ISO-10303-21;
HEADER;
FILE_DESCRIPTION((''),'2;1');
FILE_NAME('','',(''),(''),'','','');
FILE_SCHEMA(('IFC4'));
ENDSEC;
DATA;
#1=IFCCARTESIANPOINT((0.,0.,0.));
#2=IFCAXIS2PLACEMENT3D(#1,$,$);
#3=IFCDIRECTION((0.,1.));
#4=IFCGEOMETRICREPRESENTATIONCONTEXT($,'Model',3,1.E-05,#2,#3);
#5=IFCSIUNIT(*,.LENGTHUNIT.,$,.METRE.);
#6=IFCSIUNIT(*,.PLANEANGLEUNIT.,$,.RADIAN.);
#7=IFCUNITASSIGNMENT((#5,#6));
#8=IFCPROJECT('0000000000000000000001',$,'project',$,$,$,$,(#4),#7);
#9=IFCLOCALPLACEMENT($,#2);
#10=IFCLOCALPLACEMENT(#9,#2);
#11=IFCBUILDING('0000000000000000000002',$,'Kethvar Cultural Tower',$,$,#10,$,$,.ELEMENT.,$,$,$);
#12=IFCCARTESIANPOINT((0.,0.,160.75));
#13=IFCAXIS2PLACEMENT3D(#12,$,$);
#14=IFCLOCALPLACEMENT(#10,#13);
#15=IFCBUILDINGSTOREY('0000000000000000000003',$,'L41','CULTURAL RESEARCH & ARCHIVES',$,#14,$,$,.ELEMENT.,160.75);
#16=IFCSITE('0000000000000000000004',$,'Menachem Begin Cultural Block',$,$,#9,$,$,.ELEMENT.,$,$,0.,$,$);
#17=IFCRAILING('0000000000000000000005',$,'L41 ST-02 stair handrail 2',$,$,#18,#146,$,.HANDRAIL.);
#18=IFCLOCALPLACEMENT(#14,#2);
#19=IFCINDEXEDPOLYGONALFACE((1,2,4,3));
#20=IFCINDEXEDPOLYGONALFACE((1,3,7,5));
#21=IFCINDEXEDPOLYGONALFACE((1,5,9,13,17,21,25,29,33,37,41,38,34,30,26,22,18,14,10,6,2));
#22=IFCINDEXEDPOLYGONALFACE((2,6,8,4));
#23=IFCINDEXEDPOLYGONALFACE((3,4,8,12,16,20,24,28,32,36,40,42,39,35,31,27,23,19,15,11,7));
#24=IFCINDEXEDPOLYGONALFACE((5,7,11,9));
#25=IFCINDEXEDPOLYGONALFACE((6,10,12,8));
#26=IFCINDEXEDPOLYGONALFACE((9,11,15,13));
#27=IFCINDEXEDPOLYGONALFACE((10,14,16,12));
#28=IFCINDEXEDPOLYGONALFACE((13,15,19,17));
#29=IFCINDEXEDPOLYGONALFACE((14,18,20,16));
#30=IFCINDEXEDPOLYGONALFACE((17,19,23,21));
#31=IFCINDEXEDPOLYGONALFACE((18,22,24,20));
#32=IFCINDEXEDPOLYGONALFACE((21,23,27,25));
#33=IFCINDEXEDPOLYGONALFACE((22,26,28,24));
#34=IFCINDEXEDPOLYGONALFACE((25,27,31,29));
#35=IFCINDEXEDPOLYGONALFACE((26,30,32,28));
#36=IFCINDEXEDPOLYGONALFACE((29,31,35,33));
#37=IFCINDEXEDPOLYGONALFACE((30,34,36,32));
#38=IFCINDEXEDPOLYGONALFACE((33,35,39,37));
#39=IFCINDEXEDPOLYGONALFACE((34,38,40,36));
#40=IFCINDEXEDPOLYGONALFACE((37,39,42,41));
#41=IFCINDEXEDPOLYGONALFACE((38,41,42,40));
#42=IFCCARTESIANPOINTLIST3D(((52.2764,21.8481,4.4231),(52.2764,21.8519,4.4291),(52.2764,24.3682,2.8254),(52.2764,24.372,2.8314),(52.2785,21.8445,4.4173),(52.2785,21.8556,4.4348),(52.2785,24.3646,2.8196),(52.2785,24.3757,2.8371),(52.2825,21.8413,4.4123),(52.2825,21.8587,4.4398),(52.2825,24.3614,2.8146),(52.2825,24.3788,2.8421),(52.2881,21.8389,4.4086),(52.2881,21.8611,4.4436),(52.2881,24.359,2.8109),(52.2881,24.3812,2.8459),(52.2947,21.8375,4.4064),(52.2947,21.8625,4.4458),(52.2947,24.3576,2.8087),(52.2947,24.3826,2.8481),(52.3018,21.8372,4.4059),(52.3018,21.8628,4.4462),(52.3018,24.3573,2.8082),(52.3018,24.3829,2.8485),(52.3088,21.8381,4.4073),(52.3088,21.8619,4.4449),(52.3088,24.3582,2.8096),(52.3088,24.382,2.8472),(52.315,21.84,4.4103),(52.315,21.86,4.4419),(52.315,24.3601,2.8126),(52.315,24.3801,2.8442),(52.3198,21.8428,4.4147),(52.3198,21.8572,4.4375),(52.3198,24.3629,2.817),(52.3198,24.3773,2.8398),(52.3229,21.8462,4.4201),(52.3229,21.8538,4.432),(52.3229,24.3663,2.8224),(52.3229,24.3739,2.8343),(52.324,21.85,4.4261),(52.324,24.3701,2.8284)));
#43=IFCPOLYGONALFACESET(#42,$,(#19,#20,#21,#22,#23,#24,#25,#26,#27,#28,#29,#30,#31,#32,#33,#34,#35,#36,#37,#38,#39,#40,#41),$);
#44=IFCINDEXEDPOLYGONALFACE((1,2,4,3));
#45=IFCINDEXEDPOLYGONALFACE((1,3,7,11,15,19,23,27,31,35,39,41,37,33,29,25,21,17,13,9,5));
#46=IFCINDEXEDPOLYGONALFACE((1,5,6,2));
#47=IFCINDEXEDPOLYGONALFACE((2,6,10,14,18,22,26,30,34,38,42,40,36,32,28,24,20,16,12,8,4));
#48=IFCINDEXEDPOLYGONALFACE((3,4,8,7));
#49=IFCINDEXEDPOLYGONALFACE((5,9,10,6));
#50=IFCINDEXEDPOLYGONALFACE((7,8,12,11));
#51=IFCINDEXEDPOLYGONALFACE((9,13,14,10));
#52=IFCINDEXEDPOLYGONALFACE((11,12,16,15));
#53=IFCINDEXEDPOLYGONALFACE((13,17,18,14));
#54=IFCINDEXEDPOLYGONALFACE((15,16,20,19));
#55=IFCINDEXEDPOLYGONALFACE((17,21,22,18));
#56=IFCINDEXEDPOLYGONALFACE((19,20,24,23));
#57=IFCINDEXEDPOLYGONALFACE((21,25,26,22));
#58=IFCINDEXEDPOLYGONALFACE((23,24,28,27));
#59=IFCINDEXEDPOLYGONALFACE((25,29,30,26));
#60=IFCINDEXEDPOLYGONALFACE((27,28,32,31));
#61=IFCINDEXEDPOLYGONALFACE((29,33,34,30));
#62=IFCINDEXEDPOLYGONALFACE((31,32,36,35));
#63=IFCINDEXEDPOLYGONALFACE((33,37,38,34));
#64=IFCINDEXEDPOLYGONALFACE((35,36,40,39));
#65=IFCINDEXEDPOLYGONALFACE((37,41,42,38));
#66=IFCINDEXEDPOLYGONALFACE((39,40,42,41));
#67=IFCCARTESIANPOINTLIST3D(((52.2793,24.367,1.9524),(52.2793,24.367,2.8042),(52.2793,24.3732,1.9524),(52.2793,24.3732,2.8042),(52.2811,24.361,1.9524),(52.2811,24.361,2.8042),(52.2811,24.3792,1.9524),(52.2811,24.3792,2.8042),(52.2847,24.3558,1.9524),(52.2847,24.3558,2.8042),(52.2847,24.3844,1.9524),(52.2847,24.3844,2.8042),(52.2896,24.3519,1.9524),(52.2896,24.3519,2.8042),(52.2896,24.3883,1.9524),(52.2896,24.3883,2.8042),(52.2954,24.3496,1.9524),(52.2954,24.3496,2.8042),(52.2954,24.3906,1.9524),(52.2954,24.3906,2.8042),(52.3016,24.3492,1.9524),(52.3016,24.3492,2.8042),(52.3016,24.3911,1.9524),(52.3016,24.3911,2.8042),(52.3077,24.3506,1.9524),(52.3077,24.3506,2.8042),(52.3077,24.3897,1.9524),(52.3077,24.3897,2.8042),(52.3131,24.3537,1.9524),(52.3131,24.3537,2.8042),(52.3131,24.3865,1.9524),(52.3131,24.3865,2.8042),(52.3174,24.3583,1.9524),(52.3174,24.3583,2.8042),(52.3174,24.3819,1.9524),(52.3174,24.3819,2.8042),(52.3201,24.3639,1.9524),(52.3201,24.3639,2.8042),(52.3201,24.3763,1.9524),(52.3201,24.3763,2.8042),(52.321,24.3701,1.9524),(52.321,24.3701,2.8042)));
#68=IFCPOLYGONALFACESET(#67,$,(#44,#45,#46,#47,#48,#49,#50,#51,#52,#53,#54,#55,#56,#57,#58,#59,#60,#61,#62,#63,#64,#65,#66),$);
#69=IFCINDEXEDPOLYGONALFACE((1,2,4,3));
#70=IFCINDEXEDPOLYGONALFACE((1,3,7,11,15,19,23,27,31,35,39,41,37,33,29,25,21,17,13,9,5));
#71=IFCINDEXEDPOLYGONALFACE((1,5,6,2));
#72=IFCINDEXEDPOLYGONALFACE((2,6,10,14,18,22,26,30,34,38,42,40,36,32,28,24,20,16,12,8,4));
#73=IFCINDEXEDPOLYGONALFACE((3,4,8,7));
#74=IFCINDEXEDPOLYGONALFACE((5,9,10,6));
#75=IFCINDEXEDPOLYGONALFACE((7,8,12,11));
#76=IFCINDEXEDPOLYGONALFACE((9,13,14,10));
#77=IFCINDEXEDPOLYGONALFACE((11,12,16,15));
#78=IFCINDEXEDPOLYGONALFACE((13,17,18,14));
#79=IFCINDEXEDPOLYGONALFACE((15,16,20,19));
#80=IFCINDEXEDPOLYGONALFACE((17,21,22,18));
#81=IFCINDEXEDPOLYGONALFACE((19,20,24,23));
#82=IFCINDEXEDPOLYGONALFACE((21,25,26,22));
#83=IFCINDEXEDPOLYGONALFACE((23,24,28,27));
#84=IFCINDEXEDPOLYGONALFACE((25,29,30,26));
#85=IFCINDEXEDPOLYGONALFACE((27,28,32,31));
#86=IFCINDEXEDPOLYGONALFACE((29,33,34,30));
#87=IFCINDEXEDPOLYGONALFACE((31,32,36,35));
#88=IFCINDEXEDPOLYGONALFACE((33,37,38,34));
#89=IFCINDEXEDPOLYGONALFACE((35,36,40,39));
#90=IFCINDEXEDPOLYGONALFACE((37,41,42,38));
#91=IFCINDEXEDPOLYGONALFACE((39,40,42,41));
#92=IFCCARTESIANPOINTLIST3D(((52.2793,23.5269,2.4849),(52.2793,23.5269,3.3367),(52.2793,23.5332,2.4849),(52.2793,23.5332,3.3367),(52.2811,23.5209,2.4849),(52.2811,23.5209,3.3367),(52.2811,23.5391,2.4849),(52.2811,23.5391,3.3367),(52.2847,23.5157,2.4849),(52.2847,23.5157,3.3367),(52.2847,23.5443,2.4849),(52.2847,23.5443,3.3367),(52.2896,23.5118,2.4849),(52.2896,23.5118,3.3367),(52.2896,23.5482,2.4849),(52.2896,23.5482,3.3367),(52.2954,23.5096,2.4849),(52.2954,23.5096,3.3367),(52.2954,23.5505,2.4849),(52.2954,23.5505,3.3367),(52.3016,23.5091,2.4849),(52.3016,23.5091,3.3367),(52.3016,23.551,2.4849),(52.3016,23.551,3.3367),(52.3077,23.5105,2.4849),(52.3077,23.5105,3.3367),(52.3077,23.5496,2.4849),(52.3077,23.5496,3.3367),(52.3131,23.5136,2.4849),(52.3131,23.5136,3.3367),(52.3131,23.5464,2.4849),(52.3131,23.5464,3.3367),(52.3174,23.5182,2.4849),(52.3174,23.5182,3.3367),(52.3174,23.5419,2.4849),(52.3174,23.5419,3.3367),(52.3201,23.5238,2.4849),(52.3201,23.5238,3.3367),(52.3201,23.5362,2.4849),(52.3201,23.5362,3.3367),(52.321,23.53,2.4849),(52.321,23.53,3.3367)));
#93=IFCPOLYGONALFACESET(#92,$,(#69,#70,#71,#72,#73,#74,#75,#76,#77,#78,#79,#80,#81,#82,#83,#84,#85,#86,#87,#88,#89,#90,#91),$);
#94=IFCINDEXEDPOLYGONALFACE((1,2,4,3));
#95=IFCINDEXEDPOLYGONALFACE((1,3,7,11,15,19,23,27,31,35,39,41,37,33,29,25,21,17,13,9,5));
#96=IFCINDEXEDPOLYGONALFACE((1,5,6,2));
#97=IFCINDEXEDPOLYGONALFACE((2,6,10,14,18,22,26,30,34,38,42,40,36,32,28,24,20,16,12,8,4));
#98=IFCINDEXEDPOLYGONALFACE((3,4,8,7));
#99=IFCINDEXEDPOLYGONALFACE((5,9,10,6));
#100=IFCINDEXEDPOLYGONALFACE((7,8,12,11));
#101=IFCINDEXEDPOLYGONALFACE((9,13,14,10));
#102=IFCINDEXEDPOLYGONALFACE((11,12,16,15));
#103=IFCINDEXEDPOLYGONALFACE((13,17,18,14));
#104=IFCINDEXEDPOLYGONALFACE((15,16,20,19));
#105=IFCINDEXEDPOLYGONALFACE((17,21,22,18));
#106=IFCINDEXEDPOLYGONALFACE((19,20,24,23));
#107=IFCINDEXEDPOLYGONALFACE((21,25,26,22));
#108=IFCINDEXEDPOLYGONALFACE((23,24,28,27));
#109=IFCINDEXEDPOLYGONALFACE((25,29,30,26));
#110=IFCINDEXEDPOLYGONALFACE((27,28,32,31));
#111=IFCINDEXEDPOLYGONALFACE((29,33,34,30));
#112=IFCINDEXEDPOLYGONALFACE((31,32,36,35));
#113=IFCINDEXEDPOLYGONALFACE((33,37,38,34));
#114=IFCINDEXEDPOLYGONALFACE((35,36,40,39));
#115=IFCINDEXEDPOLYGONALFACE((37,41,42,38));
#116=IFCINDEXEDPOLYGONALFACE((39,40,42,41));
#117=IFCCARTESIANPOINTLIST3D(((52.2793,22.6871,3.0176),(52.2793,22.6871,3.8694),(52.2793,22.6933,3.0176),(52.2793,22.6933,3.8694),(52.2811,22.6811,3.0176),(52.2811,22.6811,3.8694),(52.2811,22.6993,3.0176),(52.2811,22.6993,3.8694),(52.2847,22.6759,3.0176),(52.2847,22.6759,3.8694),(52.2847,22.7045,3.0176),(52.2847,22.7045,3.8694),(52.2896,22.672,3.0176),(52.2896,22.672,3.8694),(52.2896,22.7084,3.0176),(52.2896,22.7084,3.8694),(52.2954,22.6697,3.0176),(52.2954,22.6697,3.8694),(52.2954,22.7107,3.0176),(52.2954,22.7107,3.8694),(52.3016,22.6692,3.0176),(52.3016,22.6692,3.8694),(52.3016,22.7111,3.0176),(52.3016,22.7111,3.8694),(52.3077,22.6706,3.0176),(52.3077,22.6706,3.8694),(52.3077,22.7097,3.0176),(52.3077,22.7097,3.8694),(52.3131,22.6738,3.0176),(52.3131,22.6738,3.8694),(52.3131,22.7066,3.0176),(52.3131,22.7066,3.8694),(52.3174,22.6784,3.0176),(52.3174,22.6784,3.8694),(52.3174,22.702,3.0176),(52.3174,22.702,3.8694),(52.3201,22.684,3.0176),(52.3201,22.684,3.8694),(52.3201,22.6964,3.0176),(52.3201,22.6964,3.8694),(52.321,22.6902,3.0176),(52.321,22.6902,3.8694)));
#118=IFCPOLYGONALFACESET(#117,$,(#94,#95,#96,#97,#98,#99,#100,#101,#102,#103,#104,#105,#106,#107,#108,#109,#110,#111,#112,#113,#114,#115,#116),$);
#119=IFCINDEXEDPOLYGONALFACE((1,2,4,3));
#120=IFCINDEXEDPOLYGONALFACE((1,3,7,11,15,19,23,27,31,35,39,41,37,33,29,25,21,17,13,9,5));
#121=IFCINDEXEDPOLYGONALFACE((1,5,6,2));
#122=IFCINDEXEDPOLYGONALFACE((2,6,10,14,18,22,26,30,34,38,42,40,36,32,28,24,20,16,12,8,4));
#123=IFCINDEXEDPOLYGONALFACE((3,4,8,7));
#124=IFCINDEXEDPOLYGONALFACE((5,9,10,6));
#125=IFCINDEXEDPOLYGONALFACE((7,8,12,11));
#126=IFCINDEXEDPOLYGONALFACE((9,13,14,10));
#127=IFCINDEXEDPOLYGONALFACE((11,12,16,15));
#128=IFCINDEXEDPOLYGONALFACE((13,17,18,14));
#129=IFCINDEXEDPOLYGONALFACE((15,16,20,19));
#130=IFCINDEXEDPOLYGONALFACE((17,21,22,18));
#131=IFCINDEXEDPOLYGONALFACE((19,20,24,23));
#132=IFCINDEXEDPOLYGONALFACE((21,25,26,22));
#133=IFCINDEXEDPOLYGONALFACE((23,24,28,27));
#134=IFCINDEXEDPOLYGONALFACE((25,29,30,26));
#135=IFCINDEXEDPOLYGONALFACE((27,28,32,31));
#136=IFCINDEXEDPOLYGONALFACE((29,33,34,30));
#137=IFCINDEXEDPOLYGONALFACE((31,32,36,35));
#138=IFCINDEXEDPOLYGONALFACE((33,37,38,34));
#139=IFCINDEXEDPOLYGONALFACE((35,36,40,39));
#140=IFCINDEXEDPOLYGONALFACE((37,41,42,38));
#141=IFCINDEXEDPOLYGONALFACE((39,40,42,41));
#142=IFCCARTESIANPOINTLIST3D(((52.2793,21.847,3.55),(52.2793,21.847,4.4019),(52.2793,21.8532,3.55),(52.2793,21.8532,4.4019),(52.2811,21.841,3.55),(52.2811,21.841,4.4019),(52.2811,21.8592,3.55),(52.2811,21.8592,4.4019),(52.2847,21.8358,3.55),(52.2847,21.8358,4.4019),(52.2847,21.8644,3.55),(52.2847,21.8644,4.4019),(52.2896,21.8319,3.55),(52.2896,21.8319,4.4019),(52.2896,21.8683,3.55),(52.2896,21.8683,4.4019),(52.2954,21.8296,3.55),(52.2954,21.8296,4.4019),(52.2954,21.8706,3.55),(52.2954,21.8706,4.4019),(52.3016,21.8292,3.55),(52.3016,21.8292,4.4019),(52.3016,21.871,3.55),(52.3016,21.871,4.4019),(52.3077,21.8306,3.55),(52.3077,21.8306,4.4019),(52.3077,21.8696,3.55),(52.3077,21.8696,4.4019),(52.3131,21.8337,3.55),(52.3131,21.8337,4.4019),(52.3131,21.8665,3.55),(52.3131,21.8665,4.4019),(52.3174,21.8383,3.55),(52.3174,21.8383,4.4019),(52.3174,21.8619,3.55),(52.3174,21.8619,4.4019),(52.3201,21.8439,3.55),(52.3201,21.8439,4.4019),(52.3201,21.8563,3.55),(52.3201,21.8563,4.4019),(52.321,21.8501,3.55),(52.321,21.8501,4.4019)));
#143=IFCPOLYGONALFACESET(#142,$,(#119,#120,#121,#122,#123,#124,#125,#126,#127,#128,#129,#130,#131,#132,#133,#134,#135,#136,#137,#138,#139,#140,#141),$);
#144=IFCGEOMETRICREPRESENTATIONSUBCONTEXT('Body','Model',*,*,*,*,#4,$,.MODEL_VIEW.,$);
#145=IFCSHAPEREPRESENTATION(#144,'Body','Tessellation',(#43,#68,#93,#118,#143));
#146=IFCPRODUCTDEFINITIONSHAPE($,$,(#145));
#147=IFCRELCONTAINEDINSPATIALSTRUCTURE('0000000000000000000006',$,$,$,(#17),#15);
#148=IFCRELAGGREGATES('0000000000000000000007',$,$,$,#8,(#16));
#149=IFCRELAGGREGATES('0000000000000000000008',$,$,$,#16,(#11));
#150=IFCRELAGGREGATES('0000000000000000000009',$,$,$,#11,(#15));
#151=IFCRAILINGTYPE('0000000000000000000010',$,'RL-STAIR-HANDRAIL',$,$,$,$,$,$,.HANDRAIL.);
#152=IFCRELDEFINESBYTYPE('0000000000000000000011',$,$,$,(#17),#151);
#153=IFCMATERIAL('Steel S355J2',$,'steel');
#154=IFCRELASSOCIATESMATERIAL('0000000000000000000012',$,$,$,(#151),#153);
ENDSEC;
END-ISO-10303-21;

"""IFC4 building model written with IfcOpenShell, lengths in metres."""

from ifc_helpers import new_model, si_unit, direction, frame, origin, origin_2d, place, context, subcontext, project, spatial, circle, extrude, material, type_object, element, save


model = new_model("IFC4")

# Units and contexts
model_context = context("Model", 3, precision=1e-05, world=origin(), true_north=direction((0.0, 1.0)))
body_context = subcontext(model_context, "Body", "Model", "MODEL_VIEW")
ifc_project = project(units=[si_unit("LENGTHUNIT", "METRE"), si_unit("PLANEANGLEUNIT", "RADIAN")], contexts=[model_context])

# Site, building, storey
site_placement = place(None, origin())
site = spatial("IfcSite", under=ifc_project, at=site_placement, Name="Menachem Begin Cultural Block", CompositionType="ELEMENT", RefElevation=0.0)
building_placement = place(site_placement, origin())
building = spatial("IfcBuilding", under=site, at=building_placement, Name="Kethvar Cultural Tower", CompositionType="ELEMENT")
storey_placement = place(building_placement, frame((0.0, 0.0, 160.75)))
storey = spatial("IfcBuildingStorey", under=building, at=storey_placement, Name="L41", Description="CULTURAL RESEARCH & ARCHIVES", CompositionType="ELEMENT", Elevation=160.75)

# Shared definitions
ifc_material_1 = material(Name="Steel S355J2", Category="steel")

# Railing
railing_type_1 = type_object("IfcRailingType", Name="RL-STAIR-HANDRAIL", PredefinedType="HANDRAIL", material=ifc_material_1)
railing_1_placement = place(storey_placement, frame((52.3, 24.3701, 1.9524)))
element("IfcRailing", 1, at=railing_1_placement, inside=storey, type_object=railing_type_1, Name="L41 ST-02 stair handrail 2", PredefinedType="HANDRAIL", context=body_context, shape_type="SweptSolid", body=[
    extrude(circle(Radius=0.0239, at=origin_2d()), frame((0.0, 0.0, 0.876), z_axis=(0.0, -0.84457, 0.535445), x_axis=(1.0, 0.0, 0.0)), (0.0, 0.0, 1.0), 2.9839),
    extrude(circle(Radius=0.021, at=origin_2d()), origin(), (0.0, 0.0, 1.0), 0.8518),
    extrude(circle(Radius=0.021, at=origin_2d()), frame((0.0, -0.8401, 0.5325)), (0.0, 0.0, 1.0), 0.8518),
    extrude(circle(Radius=0.021, at=origin_2d()), frame((0.0, -1.6799, 1.0652)), (0.0, 0.0, 1.0), 0.8518),
    extrude(circle(Radius=0.021, at=origin_2d()), frame((0.0, -2.52, 1.5977)), (0.0, 0.0, 1.0), 0.8518),
])

save(model, "model.ifc")
